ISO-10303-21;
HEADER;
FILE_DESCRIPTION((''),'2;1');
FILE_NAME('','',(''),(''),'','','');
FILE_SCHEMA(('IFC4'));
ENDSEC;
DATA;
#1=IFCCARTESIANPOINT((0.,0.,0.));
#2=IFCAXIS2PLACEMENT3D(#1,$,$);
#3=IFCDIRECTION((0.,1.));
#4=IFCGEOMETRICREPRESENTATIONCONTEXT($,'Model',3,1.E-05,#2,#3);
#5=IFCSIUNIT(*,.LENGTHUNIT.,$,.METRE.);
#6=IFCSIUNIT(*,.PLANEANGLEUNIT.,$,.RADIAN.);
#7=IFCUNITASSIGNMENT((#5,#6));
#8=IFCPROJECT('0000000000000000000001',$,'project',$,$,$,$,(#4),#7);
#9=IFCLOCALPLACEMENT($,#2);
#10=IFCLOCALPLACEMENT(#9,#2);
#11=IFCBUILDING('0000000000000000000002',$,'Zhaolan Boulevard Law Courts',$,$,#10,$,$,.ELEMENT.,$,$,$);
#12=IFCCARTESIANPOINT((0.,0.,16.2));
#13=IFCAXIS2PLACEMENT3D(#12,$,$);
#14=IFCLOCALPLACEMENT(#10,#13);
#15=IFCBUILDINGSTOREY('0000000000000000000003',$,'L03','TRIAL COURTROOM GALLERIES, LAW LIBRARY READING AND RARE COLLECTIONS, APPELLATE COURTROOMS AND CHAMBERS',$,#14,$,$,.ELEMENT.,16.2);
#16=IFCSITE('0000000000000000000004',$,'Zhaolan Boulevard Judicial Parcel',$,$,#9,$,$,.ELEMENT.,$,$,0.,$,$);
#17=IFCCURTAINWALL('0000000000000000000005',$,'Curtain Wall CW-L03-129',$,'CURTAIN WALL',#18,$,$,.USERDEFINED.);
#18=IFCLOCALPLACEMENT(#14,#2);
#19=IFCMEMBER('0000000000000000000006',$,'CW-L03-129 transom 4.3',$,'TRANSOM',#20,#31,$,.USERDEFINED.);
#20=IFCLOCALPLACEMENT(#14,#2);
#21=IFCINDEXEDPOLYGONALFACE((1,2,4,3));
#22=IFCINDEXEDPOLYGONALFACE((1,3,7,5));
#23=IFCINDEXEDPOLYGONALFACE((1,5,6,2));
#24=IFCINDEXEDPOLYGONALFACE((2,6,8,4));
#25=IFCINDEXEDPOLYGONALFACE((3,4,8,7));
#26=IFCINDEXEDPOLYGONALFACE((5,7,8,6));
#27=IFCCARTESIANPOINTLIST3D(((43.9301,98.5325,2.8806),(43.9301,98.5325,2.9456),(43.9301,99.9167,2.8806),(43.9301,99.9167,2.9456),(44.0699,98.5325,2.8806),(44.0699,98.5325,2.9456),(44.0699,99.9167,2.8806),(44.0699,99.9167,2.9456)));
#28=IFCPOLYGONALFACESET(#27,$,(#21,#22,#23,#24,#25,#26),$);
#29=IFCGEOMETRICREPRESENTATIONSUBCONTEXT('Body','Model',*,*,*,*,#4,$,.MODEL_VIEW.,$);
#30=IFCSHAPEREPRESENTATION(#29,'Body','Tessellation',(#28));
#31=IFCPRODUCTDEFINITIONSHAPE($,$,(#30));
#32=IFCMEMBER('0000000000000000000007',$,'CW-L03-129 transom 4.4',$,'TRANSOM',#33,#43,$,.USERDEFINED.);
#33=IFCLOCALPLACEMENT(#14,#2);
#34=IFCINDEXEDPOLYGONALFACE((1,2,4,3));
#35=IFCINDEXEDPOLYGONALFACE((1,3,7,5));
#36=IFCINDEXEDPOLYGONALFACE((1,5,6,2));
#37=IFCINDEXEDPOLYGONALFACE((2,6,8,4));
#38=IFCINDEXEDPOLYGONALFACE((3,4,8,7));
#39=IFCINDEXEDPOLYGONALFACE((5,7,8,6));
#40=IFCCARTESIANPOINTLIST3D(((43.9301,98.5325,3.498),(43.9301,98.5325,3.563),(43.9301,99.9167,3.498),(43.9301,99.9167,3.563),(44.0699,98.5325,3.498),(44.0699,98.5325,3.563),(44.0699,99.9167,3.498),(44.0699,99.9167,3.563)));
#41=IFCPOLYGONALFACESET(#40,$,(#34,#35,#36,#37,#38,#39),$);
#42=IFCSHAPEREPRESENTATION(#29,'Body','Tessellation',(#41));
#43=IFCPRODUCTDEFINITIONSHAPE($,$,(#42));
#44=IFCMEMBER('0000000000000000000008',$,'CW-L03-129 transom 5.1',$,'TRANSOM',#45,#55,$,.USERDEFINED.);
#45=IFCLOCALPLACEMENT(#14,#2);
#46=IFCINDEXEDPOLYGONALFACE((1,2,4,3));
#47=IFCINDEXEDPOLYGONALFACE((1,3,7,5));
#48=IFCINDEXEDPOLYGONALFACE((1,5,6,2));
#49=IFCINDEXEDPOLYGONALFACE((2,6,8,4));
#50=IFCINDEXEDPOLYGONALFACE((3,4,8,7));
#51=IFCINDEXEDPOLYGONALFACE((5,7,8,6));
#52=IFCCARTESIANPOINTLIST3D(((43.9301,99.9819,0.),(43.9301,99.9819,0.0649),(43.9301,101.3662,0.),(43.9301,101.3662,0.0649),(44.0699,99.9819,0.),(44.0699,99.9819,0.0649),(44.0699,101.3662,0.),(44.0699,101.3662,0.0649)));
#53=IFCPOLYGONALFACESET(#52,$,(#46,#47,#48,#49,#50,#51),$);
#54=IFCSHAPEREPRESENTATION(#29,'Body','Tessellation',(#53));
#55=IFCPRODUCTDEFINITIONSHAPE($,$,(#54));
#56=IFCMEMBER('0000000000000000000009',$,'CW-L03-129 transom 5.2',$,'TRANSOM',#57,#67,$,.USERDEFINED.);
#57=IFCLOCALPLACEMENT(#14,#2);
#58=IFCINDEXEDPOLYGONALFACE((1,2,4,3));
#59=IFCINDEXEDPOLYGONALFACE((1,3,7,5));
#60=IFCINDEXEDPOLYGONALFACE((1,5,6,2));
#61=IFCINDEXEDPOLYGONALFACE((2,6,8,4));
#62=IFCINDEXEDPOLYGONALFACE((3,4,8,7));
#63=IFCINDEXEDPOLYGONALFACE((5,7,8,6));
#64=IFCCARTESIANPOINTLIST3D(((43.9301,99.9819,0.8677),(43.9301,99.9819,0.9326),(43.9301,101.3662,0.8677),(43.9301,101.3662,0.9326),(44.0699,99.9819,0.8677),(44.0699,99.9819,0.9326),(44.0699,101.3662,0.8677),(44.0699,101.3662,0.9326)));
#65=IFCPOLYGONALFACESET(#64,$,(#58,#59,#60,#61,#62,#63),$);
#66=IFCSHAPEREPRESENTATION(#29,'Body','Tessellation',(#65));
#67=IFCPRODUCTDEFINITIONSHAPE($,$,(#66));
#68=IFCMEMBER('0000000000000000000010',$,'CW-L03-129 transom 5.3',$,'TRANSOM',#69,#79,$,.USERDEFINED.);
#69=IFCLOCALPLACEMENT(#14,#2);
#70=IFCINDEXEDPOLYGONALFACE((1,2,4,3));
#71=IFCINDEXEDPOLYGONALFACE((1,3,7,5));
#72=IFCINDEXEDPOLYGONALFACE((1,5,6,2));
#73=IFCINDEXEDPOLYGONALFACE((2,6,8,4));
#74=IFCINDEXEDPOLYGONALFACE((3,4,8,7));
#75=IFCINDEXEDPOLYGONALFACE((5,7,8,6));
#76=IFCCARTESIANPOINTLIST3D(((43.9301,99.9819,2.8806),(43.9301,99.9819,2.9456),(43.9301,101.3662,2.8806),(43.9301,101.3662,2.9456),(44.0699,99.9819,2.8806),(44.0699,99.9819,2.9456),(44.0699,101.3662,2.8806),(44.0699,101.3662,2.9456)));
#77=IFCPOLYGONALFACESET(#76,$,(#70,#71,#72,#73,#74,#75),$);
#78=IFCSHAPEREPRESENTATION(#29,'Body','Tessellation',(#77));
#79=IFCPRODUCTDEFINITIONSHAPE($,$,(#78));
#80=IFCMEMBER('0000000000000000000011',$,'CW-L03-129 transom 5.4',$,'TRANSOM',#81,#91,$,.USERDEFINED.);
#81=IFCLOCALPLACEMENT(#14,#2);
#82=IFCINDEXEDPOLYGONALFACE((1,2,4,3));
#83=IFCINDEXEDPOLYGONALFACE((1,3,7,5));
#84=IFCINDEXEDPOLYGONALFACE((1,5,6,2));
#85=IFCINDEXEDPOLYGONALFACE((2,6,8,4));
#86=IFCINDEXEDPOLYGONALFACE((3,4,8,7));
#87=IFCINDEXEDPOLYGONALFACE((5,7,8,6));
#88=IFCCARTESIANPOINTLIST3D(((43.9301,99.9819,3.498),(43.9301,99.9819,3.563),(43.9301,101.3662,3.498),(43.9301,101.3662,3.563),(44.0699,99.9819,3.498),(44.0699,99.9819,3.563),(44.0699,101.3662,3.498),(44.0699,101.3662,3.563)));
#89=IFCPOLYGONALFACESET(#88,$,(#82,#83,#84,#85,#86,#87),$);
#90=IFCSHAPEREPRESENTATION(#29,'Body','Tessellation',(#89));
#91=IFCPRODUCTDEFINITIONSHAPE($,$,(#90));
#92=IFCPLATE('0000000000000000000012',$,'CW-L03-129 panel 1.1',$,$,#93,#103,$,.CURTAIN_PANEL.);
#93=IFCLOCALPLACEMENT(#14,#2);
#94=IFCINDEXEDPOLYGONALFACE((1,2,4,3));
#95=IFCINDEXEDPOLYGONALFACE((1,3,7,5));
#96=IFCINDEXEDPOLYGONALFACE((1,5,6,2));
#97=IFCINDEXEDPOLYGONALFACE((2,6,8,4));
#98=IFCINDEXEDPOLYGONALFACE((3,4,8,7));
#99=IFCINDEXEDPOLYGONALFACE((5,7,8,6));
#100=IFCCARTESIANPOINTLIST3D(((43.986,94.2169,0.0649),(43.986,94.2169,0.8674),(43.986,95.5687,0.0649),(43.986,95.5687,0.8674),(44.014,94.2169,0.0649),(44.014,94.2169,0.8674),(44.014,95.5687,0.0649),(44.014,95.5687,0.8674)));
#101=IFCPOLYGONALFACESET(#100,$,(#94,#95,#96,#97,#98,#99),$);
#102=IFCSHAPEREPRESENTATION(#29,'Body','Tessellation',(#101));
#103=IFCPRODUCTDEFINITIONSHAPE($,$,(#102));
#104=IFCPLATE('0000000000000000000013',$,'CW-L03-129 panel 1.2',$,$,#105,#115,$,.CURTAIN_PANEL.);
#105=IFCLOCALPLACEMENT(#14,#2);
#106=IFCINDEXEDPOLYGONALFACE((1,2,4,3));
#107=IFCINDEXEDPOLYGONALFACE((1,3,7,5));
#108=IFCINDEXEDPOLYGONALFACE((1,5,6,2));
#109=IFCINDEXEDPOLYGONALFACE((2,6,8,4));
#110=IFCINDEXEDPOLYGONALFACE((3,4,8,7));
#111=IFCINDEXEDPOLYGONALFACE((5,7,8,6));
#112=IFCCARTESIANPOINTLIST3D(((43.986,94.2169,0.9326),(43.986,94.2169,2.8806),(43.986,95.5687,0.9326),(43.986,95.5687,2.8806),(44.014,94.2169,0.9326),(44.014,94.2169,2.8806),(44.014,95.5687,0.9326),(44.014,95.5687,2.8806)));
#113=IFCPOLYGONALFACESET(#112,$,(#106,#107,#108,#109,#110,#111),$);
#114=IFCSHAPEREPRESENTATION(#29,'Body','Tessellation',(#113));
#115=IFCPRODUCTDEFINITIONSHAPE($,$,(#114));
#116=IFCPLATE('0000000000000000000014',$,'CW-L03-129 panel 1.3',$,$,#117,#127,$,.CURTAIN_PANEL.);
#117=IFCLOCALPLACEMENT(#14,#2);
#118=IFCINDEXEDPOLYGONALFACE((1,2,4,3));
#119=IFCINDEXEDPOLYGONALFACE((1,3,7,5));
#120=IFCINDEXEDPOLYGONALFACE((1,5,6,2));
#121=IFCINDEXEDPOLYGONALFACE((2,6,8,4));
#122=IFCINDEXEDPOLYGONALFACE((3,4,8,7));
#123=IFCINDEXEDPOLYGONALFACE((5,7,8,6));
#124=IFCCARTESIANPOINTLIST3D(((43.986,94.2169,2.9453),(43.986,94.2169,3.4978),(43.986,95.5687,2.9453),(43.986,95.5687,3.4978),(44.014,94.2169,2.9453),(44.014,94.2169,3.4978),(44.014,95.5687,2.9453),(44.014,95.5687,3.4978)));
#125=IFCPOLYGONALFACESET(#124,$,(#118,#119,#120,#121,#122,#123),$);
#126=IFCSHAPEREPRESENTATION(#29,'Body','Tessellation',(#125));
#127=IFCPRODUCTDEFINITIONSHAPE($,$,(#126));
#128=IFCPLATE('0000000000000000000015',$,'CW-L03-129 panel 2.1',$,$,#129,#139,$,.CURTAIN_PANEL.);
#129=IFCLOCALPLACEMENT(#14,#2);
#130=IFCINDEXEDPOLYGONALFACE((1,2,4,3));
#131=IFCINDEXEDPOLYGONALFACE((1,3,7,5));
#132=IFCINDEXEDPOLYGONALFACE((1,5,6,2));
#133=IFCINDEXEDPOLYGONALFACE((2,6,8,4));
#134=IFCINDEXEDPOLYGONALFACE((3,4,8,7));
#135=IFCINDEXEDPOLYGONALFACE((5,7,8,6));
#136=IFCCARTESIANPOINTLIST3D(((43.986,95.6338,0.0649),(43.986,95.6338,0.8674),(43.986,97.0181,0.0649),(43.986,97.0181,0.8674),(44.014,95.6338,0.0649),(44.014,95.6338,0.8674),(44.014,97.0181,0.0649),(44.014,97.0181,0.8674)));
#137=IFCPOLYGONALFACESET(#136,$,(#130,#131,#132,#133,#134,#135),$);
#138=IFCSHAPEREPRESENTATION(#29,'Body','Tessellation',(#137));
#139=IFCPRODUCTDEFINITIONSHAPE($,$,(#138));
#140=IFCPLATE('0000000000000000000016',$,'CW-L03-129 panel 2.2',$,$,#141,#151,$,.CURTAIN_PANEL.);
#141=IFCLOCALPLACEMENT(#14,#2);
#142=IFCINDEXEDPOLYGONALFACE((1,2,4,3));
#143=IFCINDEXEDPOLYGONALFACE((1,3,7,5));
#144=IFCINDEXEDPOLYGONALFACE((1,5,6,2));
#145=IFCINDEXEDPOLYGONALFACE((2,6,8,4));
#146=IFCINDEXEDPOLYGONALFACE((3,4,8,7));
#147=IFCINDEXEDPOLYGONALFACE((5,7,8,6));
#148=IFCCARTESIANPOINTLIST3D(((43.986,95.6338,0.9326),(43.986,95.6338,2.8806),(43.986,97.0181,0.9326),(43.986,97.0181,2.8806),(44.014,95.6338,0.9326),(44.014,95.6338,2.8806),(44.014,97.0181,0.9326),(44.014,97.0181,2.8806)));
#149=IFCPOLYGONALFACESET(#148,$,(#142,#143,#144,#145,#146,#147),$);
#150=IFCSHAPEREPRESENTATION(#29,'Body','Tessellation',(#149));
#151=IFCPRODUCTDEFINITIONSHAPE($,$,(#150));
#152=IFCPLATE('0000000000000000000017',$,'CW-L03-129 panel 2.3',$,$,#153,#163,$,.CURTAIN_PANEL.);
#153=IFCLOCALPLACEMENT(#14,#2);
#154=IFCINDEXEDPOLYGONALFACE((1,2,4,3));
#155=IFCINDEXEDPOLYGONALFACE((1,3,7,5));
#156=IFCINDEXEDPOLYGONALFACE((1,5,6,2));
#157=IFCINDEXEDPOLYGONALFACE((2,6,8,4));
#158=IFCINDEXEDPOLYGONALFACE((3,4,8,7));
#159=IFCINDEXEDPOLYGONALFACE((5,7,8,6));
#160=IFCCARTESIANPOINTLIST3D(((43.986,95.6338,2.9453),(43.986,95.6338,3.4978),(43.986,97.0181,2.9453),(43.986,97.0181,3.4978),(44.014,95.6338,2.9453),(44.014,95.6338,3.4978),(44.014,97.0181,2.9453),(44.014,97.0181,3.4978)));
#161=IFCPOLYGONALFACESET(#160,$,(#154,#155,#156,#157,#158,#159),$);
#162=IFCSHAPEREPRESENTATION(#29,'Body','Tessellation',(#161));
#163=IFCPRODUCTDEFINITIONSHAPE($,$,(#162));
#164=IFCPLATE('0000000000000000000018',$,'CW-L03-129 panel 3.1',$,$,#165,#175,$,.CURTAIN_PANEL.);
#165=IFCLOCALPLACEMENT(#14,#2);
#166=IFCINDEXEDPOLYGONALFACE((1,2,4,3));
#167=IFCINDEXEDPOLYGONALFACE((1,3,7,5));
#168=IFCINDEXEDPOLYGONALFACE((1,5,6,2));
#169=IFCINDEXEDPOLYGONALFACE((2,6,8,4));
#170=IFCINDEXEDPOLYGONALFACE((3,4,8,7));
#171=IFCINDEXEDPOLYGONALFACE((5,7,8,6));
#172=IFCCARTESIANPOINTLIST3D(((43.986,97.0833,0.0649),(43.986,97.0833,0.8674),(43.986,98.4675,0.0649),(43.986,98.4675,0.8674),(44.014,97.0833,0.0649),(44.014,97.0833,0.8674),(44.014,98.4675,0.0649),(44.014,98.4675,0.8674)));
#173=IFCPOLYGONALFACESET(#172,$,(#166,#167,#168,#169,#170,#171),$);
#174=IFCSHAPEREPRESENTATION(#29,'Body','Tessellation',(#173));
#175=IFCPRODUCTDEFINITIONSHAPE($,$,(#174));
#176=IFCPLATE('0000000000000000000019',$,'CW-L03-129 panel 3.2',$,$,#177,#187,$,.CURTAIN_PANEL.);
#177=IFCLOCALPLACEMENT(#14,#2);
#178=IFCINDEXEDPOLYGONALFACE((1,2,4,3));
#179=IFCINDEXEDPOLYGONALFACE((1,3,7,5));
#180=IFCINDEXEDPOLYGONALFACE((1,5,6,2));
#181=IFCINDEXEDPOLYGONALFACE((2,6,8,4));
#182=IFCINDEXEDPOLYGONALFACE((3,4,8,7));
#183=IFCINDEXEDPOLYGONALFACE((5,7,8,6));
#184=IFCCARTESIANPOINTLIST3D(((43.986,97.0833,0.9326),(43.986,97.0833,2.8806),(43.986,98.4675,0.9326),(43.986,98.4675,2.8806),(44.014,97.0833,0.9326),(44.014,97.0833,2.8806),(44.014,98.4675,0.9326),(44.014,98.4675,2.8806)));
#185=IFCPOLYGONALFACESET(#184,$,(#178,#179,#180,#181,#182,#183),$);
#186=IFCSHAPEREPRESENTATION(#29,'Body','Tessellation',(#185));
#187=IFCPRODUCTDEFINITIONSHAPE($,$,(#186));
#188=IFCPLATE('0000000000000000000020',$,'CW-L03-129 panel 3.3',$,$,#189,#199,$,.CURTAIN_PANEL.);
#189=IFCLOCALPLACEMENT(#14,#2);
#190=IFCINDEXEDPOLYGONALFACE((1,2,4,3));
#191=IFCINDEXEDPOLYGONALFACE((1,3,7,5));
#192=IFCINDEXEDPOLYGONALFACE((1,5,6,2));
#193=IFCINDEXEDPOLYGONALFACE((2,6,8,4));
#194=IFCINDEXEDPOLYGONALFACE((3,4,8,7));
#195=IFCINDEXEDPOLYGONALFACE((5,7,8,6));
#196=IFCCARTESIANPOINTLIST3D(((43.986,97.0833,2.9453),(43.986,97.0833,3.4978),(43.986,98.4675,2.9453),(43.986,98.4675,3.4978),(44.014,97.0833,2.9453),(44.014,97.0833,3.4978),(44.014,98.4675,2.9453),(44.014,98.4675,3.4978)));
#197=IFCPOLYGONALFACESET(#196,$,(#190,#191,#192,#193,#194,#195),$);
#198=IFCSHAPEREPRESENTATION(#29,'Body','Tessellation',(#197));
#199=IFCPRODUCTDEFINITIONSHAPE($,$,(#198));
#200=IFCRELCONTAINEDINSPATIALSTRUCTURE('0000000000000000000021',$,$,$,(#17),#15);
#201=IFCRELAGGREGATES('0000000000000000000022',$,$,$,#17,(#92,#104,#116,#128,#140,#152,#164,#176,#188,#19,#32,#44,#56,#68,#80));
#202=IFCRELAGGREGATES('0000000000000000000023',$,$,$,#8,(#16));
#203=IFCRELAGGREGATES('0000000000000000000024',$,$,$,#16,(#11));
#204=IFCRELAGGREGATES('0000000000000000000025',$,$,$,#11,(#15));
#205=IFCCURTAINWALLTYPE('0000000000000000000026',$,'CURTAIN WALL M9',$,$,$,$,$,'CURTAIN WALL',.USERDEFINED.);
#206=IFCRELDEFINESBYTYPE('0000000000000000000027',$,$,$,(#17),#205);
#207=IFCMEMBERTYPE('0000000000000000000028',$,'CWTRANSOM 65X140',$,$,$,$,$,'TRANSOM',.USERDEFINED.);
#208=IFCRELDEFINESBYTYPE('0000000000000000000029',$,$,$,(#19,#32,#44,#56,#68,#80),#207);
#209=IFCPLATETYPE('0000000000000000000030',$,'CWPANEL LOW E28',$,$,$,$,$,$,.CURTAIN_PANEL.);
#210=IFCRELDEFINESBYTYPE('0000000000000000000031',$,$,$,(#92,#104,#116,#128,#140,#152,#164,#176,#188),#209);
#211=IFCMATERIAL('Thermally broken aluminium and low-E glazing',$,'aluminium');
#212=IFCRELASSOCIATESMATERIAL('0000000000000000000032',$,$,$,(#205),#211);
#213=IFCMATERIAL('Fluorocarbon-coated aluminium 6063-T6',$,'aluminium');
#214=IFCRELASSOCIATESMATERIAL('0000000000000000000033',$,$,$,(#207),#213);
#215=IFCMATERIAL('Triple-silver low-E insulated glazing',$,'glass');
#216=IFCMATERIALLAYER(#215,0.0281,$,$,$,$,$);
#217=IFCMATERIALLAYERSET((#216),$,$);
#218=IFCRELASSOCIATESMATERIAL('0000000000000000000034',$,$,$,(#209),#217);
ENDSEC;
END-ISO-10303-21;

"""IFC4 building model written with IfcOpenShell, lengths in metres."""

from ifc_helpers import new_model, si_unit, direction, frame, origin, origin_2d, place, context, subcontext, project, spatial, rectangle, extrude, material, layer, layer_set, material_profile, profile_set, type_object, element, aggregate, save


model = new_model("IFC4")

# Units and contexts
model_context = context("Model", 3, precision=1e-05, world=origin(), true_north=direction((0.0, 1.0)))
body_context = subcontext(model_context, "Body", "Model", "MODEL_VIEW")
ifc_project = project(units=[si_unit("LENGTHUNIT", "METRE"), si_unit("PLANEANGLEUNIT", "RADIAN")], contexts=[model_context])

# Site, building, storey
site_placement = place(None, origin())
site = spatial("IfcSite", under=ifc_project, at=site_placement, Name="Zhaolan Boulevard Judicial Parcel", CompositionType="ELEMENT", RefElevation=0.0)
building_placement = place(site_placement, origin())
building = spatial("IfcBuilding", under=site, at=building_placement, Name="Zhaolan Boulevard Law Courts", CompositionType="ELEMENT")
storey_placement = place(building_placement, frame((0.0, 0.0, 16.2)))
storey = spatial("IfcBuildingStorey", under=building, at=storey_placement, Name="L03", Description="TRIAL COURTROOM GALLERIES, LAW LIBRARY READING AND RARE COLLECTIONS, APPELLATE COURTROOMS AND CHAMBERS", CompositionType="ELEMENT", Elevation=16.2)

# Curtain wall, members, plates
ifc_material_1 = material(Name="Thermally broken aluminium and low-E glazing", Category="aluminium")
curtain_wall_type = type_object("IfcCurtainWallType", Name="CURTAIN WALL M9", ElementType="CURTAIN WALL", PredefinedType="USERDEFINED", material=ifc_material_1)
curtain_wall_placement = place(storey_placement, origin())
curtain_wall = element("IfcCurtainWall", 1, at=curtain_wall_placement, inside=storey, type_object=curtain_wall_type, Name="Curtain Wall CW-L03-129", ObjectType="CURTAIN WALL", PredefinedType="USERDEFINED")
ifc_material_2 = material(Name="Fluorocarbon-coated aluminium 6063-T6", Category="aluminium")
ifc_material_profile_1 = material_profile(ifc_material_2, rectangle(XDim=0.1399, YDim=0.0649, at=origin_2d()), Name="AL65x140")
ifc_profile_set_1 = profile_set([ifc_material_profile_1], Name="Fluorocarbon-coated aluminium 6063-T6")
member_type_1 = type_object("IfcMemberType", Name="CWTRANSOM 65X140", ElementType="TRANSOM", PredefinedType="USERDEFINED", material=ifc_profile_set_1)
member_1_placement = place(storey_placement, frame((44.0, 98.5325, 2.9131), z_axis=(0.0, 1.0, 0.0), x_axis=(-1.0, 0.0, 0.0)))
member_1 = element("IfcMember", 2, at=member_1_placement, type_object=member_type_1, Name="CW-L03-129 transom 4.3", ObjectType="TRANSOM", PredefinedType="USERDEFINED", context=body_context, shape_type="SweptSolid", body=[
    extrude(rectangle(XDim=0.1399, YDim=0.0649, at=origin_2d()), origin(), (0.0, 0.0, 1.0), 1.3843),
])
member_2_placement = place(storey_placement, frame((44.0, 98.5325, 3.5305), z_axis=(0.0, 1.0, 0.0), x_axis=(-1.0, 0.0, 0.0)))
member_2 = element("IfcMember", 3, at=member_2_placement, type_object=member_type_1, Name="CW-L03-129 transom 4.4", ObjectType="TRANSOM", PredefinedType="USERDEFINED", context=body_context, shape_type="SweptSolid", body=[
    extrude(rectangle(XDim=0.1399, YDim=0.0649, at=origin_2d()), origin(), (0.0, 0.0, 1.0), 1.3843),
])
member_3_placement = place(storey_placement, frame((44.0, 99.9819, 0.0325), z_axis=(0.0, 1.0, 0.0), x_axis=(-1.0, 0.0, 0.0)))
member_3 = element("IfcMember", 4, at=member_3_placement, type_object=member_type_1, Name="CW-L03-129 transom 5.1", ObjectType="TRANSOM", PredefinedType="USERDEFINED", context=body_context, shape_type="SweptSolid", body=[
    extrude(rectangle(XDim=0.1399, YDim=0.0649, at=origin_2d()), origin(), (0.0, 0.0, 1.0), 1.3843),
])
member_4_placement = place(storey_placement, frame((44.0, 99.9819, 0.9001), z_axis=(0.0, 1.0, 0.0), x_axis=(-1.0, 0.0, 0.0)))
member_4 = element("IfcMember", 5, at=member_4_placement, type_object=member_type_1, Name="CW-L03-129 transom 5.2", ObjectType="TRANSOM", PredefinedType="USERDEFINED", context=body_context, shape_type="SweptSolid", body=[
    extrude(rectangle(XDim=0.1399, YDim=0.0649, at=origin_2d()), origin(), (0.0, 0.0, 1.0), 1.3843),
])
member_5_placement = place(storey_placement, frame((44.0, 99.9819, 2.9131), z_axis=(0.0, 1.0, 0.0), x_axis=(-1.0, 0.0, 0.0)))
member_5 = element("IfcMember", 6, at=member_5_placement, type_object=member_type_1, Name="CW-L03-129 transom 5.3", ObjectType="TRANSOM", PredefinedType="USERDEFINED", context=body_context, shape_type="SweptSolid", body=[
    extrude(rectangle(XDim=0.1399, YDim=0.0649, at=origin_2d()), origin(), (0.0, 0.0, 1.0), 1.3843),
])
member_6_placement = place(storey_placement, frame((44.0, 99.9819, 3.5305), z_axis=(0.0, 1.0, 0.0), x_axis=(-1.0, 0.0, 0.0)))
member_6 = element("IfcMember", 7, at=member_6_placement, type_object=member_type_1, Name="CW-L03-129 transom 5.4", ObjectType="TRANSOM", PredefinedType="USERDEFINED", context=body_context, shape_type="SweptSolid", body=[
    extrude(rectangle(XDim=0.1399, YDim=0.0649, at=origin_2d()), origin(), (0.0, 0.0, 1.0), 1.3843),
])
ifc_material_3 = material(Name="Triple-silver low-E insulated glazing", Category="glass")
ifc_layer = layer(ifc_material_3, 0.0281)
ifc_layer_set = layer_set([ifc_layer])
plate_type = type_object("IfcPlateType", Name="CWPANEL LOW E28", PredefinedType="CURTAIN_PANEL", material=ifc_layer_set)
plate_1_placement = place(storey_placement, frame((44.0, 94.8928, 0.0649), z_axis=(0.0, 0.0, 1.0), x_axis=(0.0, 1.0, 0.0)))
plate_1 = element("IfcPlate", 8, at=plate_1_placement, type_object=plate_type, Name="CW-L03-129 panel 1.1", PredefinedType="CURTAIN_PANEL", context=body_context, shape_type="SweptSolid", body=[
    extrude(rectangle(XDim=1.3518, YDim=0.0281, at=origin_2d()), origin(), (0.0, 0.0, 1.0), 0.8025),
])
plate_2_placement = place(storey_placement, frame((44.0, 94.8928, 0.9326), z_axis=(0.0, 0.0, 1.0), x_axis=(0.0, 1.0, 0.0)))
plate_2 = element("IfcPlate", 9, at=plate_2_placement, type_object=plate_type, Name="CW-L03-129 panel 1.2", PredefinedType="CURTAIN_PANEL", context=body_context, shape_type="SweptSolid", body=[
    extrude(rectangle(XDim=1.3518, YDim=0.0281, at=origin_2d()), origin(), (0.0, 0.0, 1.0), 1.948),
])
plate_3_placement = place(storey_placement, frame((44.0, 94.8928, 2.9453), z_axis=(0.0, 0.0, 1.0), x_axis=(0.0, 1.0, 0.0)))
plate_3 = element("IfcPlate", 10, at=plate_3_placement, type_object=plate_type, Name="CW-L03-129 panel 1.3", PredefinedType="CURTAIN_PANEL", context=body_context, shape_type="SweptSolid", body=[
    extrude(rectangle(XDim=1.3518, YDim=0.0281, at=origin_2d()), origin(), (0.0, 0.0, 1.0), 0.5525),
])
plate_4_placement = place(storey_placement, frame((44.0, 96.3259, 0.0649), z_axis=(0.0, 0.0, 1.0), x_axis=(0.0, 1.0, 0.0)))
plate_4 = element("IfcPlate", 11, at=plate_4_placement, type_object=plate_type, Name="CW-L03-129 panel 2.1", PredefinedType="CURTAIN_PANEL", context=body_context, shape_type="SweptSolid", body=[
    extrude(rectangle(XDim=1.3843, YDim=0.0281, at=origin_2d()), origin(), (0.0, 0.0, 1.0), 0.8025),
])
plate_5_placement = place(storey_placement, frame((44.0, 96.3259, 0.9326), z_axis=(0.0, 0.0, 1.0), x_axis=(0.0, 1.0, 0.0)))
plate_5 = element("IfcPlate", 12, at=plate_5_placement, type_object=plate_type, Name="CW-L03-129 panel 2.2", PredefinedType="CURTAIN_PANEL", context=body_context, shape_type="SweptSolid", body=[
    extrude(rectangle(XDim=1.3843, YDim=0.0281, at=origin_2d()), origin(), (0.0, 0.0, 1.0), 1.948),
])
plate_6_placement = place(storey_placement, frame((44.0, 96.3259, 2.9453), z_axis=(0.0, 0.0, 1.0), x_axis=(0.0, 1.0, 0.0)))
plate_6 = element("IfcPlate", 13, at=plate_6_placement, type_object=plate_type, Name="CW-L03-129 panel 2.3", PredefinedType="CURTAIN_PANEL", context=body_context, shape_type="SweptSolid", body=[
    extrude(rectangle(XDim=1.3843, YDim=0.0281, at=origin_2d()), origin(), (0.0, 0.0, 1.0), 0.5525),
])
plate_7_placement = place(storey_placement, frame((44.0, 97.7754, 0.0649), z_axis=(0.0, 0.0, 1.0), x_axis=(0.0, 1.0, 0.0)))
plate_7 = element("IfcPlate", 14, at=plate_7_placement, type_object=plate_type, Name="CW-L03-129 panel 3.1", PredefinedType="CURTAIN_PANEL", context=body_context, shape_type="SweptSolid", body=[
    extrude(rectangle(XDim=1.3843, YDim=0.0281, at=origin_2d()), origin(), (0.0, 0.0, 1.0), 0.8025),
])
plate_8_placement = place(storey_placement, frame((44.0, 97.7754, 0.9326), z_axis=(0.0, 0.0, 1.0), x_axis=(0.0, 1.0, 0.0)))
plate_8 = element("IfcPlate", 15, at=plate_8_placement, type_object=plate_type, Name="CW-L03-129 panel 3.2", PredefinedType="CURTAIN_PANEL", context=body_context, shape_type="SweptSolid", body=[
    extrude(rectangle(XDim=1.3843, YDim=0.0281, at=origin_2d()), origin(), (0.0, 0.0, 1.0), 1.948),
])
plate_9_placement = place(storey_placement, frame((44.0, 97.7754, 2.9453), z_axis=(0.0, 0.0, 1.0), x_axis=(0.0, 1.0, 0.0)))
plate_9 = element("IfcPlate", 16, at=plate_9_placement, type_object=plate_type, Name="CW-L03-129 panel 3.3", PredefinedType="CURTAIN_PANEL", context=body_context, shape_type="SweptSolid", body=[
    extrude(rectangle(XDim=1.3843, YDim=0.0281, at=origin_2d()), origin(), (0.0, 0.0, 1.0), 0.5525),
])
aggregate(curtain_wall, [plate_1, plate_2, plate_3, plate_4, plate_5, plate_6, plate_7, plate_8, plate_9, member_1, member_2, member_3, member_4, member_5, member_6])

save(model, "model.ifc")
